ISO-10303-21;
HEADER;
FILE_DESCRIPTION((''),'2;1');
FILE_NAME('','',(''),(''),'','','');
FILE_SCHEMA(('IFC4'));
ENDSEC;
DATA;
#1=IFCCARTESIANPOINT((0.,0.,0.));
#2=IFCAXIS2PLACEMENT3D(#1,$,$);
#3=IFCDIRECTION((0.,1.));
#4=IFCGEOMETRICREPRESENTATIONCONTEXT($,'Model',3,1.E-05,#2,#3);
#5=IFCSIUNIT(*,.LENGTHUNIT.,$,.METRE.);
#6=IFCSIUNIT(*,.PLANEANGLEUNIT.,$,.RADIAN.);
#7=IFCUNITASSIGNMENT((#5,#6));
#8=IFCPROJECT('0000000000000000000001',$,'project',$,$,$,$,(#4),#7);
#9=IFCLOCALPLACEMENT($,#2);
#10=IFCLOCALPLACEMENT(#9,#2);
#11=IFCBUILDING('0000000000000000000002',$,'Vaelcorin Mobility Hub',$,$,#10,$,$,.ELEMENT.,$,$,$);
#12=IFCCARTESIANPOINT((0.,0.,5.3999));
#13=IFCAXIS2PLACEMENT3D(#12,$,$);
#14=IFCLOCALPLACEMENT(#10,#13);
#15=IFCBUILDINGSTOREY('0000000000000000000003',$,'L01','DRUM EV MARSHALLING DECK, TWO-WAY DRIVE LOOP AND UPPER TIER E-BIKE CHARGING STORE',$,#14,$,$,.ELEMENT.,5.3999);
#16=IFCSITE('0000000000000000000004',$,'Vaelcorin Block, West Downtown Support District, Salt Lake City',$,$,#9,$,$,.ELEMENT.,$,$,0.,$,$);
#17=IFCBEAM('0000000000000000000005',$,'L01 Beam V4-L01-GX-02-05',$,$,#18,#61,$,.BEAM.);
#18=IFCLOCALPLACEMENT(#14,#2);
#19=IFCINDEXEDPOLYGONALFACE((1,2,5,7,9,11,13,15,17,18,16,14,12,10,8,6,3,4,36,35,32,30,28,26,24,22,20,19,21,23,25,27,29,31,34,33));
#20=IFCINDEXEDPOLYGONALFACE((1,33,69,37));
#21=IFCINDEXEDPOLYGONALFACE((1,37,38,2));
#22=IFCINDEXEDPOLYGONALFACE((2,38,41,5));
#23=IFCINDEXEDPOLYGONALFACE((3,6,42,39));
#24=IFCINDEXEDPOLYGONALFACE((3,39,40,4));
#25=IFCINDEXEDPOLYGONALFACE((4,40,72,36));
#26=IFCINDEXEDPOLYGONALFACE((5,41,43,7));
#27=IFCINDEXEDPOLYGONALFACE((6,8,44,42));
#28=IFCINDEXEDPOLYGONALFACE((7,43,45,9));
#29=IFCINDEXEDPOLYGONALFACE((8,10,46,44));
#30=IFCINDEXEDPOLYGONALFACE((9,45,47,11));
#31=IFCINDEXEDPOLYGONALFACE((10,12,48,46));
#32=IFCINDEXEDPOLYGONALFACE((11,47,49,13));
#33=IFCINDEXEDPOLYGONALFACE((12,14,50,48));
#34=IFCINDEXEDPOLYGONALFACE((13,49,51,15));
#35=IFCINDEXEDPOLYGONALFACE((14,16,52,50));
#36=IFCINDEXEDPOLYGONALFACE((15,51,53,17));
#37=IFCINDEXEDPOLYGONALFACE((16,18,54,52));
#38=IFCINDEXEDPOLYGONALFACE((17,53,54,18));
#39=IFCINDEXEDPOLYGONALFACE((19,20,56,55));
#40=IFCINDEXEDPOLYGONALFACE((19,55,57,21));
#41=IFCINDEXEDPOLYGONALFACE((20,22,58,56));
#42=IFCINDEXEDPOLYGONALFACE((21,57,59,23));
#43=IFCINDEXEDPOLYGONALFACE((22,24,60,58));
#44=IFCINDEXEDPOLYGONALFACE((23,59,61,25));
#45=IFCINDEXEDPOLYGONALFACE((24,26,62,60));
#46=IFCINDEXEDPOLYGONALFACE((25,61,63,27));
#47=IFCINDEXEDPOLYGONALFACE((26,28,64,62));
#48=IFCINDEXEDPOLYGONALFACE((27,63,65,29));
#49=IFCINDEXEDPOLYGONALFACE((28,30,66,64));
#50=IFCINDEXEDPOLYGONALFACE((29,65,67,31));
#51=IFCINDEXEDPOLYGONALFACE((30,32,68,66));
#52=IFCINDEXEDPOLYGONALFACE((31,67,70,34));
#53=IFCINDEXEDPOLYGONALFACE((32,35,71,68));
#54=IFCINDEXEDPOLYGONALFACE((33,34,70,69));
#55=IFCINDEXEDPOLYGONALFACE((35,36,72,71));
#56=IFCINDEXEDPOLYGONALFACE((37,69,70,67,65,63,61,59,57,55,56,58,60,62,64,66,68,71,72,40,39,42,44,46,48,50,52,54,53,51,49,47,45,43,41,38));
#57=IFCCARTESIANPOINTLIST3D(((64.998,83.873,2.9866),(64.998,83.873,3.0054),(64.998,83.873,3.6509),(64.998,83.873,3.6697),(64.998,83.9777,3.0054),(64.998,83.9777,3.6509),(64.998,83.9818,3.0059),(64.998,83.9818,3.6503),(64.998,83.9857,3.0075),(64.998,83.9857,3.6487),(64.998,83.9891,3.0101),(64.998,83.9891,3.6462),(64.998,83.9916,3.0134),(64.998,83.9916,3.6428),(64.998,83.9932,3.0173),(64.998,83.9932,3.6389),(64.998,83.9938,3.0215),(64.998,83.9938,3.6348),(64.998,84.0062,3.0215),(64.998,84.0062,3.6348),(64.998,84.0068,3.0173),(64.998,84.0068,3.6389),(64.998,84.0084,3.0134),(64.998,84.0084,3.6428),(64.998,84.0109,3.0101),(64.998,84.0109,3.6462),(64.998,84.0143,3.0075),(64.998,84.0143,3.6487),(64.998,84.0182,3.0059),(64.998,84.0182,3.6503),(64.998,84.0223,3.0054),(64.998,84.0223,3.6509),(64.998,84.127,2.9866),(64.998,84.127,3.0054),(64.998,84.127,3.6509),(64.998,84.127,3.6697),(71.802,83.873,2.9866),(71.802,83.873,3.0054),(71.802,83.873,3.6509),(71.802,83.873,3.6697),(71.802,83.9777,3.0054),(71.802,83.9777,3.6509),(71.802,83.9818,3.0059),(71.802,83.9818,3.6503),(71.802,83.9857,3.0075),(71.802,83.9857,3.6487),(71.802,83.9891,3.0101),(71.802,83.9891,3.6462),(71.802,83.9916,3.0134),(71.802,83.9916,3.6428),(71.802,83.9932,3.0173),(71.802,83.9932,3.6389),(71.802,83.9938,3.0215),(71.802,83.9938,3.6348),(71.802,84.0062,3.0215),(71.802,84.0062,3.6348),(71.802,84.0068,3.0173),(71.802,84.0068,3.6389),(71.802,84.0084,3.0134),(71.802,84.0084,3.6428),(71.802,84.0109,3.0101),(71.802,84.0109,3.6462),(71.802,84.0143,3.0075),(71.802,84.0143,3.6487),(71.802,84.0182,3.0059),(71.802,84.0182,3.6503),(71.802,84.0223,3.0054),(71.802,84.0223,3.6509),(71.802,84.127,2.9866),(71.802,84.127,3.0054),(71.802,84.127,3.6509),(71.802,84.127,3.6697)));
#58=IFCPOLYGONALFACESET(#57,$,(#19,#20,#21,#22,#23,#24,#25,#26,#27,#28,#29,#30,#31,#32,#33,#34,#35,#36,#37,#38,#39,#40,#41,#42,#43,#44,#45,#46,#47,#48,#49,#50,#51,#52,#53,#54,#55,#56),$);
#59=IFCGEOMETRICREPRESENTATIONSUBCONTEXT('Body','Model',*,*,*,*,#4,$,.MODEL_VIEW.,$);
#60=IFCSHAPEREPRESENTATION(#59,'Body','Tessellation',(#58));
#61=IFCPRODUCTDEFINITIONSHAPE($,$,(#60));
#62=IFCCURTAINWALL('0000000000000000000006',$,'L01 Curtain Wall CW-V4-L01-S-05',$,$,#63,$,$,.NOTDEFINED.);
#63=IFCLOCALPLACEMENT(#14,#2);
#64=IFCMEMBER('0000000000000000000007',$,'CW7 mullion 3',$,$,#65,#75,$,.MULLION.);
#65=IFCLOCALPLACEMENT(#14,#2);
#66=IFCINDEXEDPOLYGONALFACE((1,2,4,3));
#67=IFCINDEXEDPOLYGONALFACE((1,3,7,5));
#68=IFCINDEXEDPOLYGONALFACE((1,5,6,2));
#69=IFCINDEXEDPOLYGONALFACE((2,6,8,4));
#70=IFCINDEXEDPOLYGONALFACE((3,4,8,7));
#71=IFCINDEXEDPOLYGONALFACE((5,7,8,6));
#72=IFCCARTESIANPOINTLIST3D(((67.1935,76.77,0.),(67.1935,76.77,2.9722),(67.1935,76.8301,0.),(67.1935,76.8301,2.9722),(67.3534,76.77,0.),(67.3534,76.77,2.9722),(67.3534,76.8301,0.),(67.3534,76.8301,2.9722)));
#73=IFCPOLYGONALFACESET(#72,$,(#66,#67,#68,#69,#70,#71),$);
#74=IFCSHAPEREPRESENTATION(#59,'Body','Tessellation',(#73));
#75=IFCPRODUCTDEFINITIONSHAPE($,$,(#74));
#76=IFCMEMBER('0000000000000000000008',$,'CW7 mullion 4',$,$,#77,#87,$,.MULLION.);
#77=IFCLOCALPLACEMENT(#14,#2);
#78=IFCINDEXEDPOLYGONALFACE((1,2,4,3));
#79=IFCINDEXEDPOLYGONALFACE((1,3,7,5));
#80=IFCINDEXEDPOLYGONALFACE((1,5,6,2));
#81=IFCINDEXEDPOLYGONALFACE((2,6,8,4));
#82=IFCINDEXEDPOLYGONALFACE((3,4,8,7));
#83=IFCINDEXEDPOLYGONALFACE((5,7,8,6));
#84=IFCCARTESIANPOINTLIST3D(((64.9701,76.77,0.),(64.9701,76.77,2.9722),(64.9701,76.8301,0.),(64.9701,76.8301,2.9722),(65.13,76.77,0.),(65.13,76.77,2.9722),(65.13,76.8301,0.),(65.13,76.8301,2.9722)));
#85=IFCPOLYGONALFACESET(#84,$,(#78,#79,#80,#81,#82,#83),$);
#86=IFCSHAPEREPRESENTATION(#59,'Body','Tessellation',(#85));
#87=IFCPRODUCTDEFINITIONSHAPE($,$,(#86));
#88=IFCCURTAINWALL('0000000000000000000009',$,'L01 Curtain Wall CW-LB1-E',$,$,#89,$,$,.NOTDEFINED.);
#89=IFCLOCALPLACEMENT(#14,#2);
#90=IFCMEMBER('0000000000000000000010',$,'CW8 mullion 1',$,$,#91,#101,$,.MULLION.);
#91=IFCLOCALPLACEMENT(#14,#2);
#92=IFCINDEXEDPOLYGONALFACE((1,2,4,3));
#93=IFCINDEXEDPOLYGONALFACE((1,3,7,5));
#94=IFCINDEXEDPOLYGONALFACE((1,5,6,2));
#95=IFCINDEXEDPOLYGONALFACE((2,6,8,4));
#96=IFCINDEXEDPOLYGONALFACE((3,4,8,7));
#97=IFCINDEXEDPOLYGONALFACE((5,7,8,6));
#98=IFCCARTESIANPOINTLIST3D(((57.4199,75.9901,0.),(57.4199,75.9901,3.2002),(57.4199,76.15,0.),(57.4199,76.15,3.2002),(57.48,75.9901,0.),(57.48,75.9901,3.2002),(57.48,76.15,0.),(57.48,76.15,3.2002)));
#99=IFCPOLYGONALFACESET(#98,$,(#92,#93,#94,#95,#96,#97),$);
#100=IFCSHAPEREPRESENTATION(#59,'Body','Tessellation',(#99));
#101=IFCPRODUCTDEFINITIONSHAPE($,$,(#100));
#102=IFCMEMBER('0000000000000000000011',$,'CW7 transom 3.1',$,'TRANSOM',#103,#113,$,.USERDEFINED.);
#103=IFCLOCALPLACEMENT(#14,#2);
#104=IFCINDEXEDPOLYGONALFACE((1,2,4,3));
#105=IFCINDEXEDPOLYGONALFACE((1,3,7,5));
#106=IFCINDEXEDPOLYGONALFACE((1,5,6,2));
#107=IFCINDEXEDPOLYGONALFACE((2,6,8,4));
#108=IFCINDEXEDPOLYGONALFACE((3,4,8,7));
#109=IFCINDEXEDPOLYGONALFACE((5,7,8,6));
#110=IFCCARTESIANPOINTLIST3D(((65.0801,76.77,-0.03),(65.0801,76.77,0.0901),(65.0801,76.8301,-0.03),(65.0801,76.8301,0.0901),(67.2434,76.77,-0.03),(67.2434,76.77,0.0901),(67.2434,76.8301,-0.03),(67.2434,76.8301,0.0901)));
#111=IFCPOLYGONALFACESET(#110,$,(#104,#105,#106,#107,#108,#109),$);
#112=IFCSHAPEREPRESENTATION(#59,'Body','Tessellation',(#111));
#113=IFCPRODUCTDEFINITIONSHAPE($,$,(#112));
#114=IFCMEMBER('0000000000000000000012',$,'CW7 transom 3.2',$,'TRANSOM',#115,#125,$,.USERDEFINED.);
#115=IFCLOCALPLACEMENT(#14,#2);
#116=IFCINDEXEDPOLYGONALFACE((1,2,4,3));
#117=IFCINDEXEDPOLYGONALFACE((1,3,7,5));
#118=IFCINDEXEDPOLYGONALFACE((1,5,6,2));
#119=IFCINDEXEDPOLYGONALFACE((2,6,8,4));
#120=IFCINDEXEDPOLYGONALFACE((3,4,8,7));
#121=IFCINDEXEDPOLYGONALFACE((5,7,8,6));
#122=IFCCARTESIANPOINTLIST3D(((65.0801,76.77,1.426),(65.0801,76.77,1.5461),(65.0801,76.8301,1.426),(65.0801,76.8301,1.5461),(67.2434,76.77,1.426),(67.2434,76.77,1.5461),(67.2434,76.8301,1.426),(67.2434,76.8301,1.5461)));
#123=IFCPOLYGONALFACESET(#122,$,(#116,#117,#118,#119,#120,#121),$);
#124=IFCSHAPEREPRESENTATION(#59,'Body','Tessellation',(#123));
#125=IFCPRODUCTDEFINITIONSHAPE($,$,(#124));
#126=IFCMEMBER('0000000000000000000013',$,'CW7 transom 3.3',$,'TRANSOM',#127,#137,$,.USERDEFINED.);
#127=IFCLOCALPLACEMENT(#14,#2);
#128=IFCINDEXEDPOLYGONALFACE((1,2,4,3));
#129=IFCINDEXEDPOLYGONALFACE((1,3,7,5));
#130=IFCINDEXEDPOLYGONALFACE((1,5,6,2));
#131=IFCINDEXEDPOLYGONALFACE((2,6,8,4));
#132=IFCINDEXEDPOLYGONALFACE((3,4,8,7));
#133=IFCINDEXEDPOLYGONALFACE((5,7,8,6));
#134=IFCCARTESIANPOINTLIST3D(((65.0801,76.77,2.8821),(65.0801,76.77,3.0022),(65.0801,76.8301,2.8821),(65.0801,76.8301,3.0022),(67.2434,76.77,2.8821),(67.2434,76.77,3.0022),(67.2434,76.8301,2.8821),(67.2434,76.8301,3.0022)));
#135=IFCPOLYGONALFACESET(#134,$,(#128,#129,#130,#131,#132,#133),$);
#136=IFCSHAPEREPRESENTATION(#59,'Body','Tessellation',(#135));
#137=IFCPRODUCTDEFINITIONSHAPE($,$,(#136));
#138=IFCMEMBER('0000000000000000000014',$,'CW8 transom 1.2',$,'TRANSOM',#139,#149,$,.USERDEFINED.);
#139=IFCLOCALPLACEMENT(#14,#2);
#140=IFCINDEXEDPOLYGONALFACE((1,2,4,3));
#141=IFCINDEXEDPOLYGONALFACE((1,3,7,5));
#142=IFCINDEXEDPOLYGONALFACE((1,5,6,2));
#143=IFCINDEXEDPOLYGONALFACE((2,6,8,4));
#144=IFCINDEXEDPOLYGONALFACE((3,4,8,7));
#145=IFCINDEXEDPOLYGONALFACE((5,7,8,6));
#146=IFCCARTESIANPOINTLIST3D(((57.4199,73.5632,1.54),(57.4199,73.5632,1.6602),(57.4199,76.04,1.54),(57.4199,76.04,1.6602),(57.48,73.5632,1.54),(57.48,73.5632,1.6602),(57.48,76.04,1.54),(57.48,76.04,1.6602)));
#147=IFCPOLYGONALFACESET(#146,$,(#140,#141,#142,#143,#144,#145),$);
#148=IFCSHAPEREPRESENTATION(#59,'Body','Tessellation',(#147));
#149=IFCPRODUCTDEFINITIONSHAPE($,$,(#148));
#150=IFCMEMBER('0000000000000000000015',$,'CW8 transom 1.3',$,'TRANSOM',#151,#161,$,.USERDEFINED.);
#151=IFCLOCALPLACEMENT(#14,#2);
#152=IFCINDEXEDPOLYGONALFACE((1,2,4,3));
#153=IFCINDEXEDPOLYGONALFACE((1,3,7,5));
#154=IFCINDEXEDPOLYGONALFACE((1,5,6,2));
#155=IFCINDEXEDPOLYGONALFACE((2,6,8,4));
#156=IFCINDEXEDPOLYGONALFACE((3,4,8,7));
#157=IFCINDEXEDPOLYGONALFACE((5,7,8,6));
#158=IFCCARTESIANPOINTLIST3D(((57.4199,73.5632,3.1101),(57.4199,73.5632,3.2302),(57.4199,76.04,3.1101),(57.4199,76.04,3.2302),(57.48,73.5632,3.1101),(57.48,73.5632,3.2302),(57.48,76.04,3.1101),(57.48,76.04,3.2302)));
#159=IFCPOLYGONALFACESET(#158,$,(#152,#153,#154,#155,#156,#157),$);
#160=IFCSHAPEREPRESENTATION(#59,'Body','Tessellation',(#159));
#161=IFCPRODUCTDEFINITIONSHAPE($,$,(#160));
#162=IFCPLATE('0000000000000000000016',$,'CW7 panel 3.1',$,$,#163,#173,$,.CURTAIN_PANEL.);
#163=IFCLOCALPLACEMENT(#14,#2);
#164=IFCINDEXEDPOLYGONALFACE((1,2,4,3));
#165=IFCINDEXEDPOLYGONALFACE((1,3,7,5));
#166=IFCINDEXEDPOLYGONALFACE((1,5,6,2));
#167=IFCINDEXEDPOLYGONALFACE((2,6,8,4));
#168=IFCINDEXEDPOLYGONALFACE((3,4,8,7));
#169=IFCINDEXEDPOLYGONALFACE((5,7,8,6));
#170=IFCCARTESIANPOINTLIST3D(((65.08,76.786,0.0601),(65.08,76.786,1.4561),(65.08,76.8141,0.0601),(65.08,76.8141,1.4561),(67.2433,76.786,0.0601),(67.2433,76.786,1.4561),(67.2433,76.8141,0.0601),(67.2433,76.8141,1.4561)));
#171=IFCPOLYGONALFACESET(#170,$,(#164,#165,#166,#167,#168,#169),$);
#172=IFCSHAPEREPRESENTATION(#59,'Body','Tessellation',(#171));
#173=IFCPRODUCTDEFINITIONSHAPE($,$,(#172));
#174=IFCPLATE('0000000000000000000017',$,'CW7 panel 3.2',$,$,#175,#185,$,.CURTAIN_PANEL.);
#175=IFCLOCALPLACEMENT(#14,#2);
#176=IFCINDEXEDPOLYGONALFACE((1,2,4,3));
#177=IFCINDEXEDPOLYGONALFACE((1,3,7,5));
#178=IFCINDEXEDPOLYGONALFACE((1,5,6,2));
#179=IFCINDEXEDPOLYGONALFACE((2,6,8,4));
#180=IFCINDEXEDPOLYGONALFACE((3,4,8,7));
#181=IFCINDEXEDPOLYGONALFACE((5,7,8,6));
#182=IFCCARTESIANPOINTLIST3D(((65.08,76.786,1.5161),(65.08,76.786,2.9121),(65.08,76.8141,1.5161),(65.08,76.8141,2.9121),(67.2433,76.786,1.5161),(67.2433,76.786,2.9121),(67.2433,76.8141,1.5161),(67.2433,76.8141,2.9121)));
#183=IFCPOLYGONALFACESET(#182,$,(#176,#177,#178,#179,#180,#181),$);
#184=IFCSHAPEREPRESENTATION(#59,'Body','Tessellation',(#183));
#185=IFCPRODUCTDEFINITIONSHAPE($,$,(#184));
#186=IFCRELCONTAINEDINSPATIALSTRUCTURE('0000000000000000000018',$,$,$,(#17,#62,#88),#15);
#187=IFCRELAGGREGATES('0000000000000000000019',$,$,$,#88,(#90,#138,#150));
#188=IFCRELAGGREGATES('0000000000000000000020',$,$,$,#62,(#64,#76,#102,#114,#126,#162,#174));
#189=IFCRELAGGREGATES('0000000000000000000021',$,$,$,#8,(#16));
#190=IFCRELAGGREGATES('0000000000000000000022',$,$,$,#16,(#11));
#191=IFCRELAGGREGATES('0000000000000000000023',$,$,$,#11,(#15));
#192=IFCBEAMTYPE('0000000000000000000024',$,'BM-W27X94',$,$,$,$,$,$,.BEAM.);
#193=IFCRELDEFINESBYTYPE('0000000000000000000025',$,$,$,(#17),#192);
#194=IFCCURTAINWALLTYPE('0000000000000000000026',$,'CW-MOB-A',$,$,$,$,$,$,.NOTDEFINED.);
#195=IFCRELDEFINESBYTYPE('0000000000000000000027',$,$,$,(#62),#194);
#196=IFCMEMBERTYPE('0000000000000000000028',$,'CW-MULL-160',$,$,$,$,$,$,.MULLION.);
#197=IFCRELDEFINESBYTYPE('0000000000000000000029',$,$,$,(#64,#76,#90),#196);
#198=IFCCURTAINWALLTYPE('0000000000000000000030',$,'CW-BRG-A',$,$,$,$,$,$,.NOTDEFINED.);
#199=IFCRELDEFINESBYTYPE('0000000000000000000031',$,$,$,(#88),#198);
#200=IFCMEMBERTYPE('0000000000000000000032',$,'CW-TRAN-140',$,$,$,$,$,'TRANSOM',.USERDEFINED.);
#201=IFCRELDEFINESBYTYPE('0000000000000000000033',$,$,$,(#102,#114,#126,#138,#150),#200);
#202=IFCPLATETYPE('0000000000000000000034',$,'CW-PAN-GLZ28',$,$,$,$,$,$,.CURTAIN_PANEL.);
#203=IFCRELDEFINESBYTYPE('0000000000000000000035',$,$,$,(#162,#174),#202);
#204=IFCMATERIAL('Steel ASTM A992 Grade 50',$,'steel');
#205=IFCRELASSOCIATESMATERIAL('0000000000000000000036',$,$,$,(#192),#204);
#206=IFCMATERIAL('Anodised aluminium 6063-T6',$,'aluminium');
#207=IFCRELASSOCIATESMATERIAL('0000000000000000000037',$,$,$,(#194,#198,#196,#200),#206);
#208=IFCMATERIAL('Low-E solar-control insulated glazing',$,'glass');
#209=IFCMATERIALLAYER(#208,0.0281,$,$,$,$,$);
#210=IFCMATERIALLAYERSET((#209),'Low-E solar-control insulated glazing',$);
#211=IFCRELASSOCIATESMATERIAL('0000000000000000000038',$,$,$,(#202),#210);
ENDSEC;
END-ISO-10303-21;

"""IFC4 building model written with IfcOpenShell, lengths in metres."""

from ifc_helpers import new_model, si_unit, direction, frame, origin, origin_2d, place, context, subcontext, project, spatial, rectangle, i_section, extrude, material, layer, layer_set, material_profile, profile_set, type_object, element, aggregate, save


model = new_model("IFC4")

# Units and contexts
model_context = context("Model", 3, precision=1e-05, world=origin(), true_north=direction((0.0, 1.0)))
body_context = subcontext(model_context, "Body", "Model", "MODEL_VIEW")
ifc_project = project(units=[si_unit("LENGTHUNIT", "METRE"), si_unit("PLANEANGLEUNIT", "RADIAN")], contexts=[model_context])

# Site, building, storey
site_placement = place(None, origin())
site = spatial("IfcSite", under=ifc_project, at=site_placement, Name="Vaelcorin Block, West Downtown Support District, Salt Lake City", CompositionType="ELEMENT", RefElevation=0.0)
building_placement = place(site_placement, origin())
building = spatial("IfcBuilding", under=site, at=building_placement, Name="Vaelcorin Mobility Hub", CompositionType="ELEMENT")
storey_placement = place(building_placement, frame((0.0, 0.0, 5.3999)))
storey = spatial("IfcBuildingStorey", under=building, at=storey_placement, Name="L01", Description="DRUM EV MARSHALLING DECK, TWO-WAY DRIVE LOOP AND UPPER TIER E-BIKE CHARGING STORE", CompositionType="ELEMENT", Elevation=5.3999)

# Shared definitions
ifc_material_1 = material(Name="Steel ASTM A992 Grade 50", Category="steel")

# Beam
ifc_material_profile_1 = material_profile(ifc_material_1, i_section(OverallWidth=0.2539, OverallDepth=0.6831, WebThickness=0.0125, FlangeThickness=0.0188, FilletRadius=0.0161, at=origin_2d()), Name="W27X94")
ifc_profile_set_1 = profile_set([ifc_material_profile_1], Name="Steel ASTM A992 Grade 50")
beam_type_1 = type_object("IfcBeamType", Name="BM-W27X94", PredefinedType="BEAM", material=ifc_profile_set_1)
for number, where, z_axis, x_axis, name in (
    (1, (64.998, 84.0, 3.3281), (1.0, 0.0, 0.0), (0.0, 1.0, 0.0), "L01 Beam V4-L01-GX-02-05"),
):
    element("IfcBeam", number, at=place(storey_placement, frame(where, z_axis=z_axis, x_axis=x_axis)), inside=storey, type_object=beam_type_1, Name=name, PredefinedType="BEAM", context=body_context, shape_type="SweptSolid", body=[
        extrude(i_section(OverallWidth=0.2539, OverallDepth=0.6831, WebThickness=0.0125, FlangeThickness=0.0188, FilletRadius=0.0161, at=origin_2d()), origin(), (0.0, 0.0, 1.0), 6.804),
    ])

# Curtain wall, members
ifc_material_2 = material(Name="Anodised aluminium 6063-T6", Category="aluminium")
curtain_wall_type_1 = type_object("IfcCurtainWallType", Name="CW-MOB-A", PredefinedType="NOTDEFINED", material=ifc_material_2)
curtain_wall_1_placement = place(storey_placement, origin())
curtain_wall_1 = element("IfcCurtainWall", 2, at=curtain_wall_1_placement, inside=storey, type_object=curtain_wall_type_1, Name="L01 Curtain Wall CW-V4-L01-S-05", PredefinedType="NOTDEFINED")
ifc_material_profile_2 = material_profile(ifc_material_2, rectangle(XDim=0.0601, YDim=0.1599, at=origin_2d()), Name="ALU-M60X160")
ifc_profile_set_2 = profile_set([ifc_material_profile_2], Name="Anodised aluminium 6063-T6")
member_type_1 = type_object("IfcMemberType", Name="CW-MULL-160", PredefinedType="MULLION", material=ifc_profile_set_2)
member_1_placement = place(storey_placement, frame((67.2734, 76.8, 0.0), z_axis=(0.0, 0.0, 1.0), x_axis=(0.0, -1.0, 0.0)))
member_1 = element("IfcMember", 3, at=member_1_placement, type_object=member_type_1, Name="CW7 mullion 3", PredefinedType="MULLION", context=body_context, shape_type="SweptSolid", body=[
    extrude(rectangle(XDim=0.0601, YDim=0.1599, at=origin_2d()), origin(), (0.0, 0.0, 1.0), 2.9722),
])
member_2_placement = place(storey_placement, frame((65.05, 76.8, 0.0), z_axis=(0.0, 0.0, 1.0), x_axis=(0.0, -1.0, 0.0)))
member_2 = element("IfcMember", 4, at=member_2_placement, type_object=member_type_1, Name="CW7 mullion 4", PredefinedType="MULLION", context=body_context, shape_type="SweptSolid", body=[
    extrude(rectangle(XDim=0.0601, YDim=0.1599, at=origin_2d()), origin(), (0.0, 0.0, 1.0), 2.9722),
])

# Curtain wall, member
curtain_wall_type_2 = type_object("IfcCurtainWallType", Name="CW-BRG-A", PredefinedType="NOTDEFINED", material=ifc_material_2)
curtain_wall_2_placement = place(storey_placement, origin())
curtain_wall_2 = element("IfcCurtainWall", 5, at=curtain_wall_2_placement, inside=storey, type_object=curtain_wall_type_2, Name="L01 Curtain Wall CW-LB1-E", PredefinedType="NOTDEFINED")
member_3_placement = place(storey_placement, frame((57.45, 76.0701, 0.0), z_axis=(0.0, 0.0, 1.0), x_axis=(1.0, 0.0, 0.0)))
member_3 = element("IfcMember", 6, at=member_3_placement, type_object=member_type_1, Name="CW8 mullion 1", PredefinedType="MULLION", context=body_context, shape_type="SweptSolid", body=[
    extrude(rectangle(XDim=0.0601, YDim=0.1599, at=origin_2d()), origin(), (0.0, 0.0, 1.0), 3.2002),
])

# Members
ifc_material_profile_3 = material_profile(ifc_material_2, rectangle(XDim=0.0601, YDim=0.1201, at=origin_2d()), Name="ALU-T60X120")
ifc_profile_set_3 = profile_set([ifc_material_profile_3], Name="Anodised aluminium 6063-T6")
member_type_2 = type_object("IfcMemberType", Name="CW-TRAN-140", ElementType="TRANSOM", PredefinedType="USERDEFINED", material=ifc_profile_set_3)
member_4_placement = place(storey_placement, frame((67.2434, 76.8, 0.03), z_axis=(-1.0, 0.0, 0.0), x_axis=(0.0, -1.0, 0.0)))
member_4 = element("IfcMember", 7, at=member_4_placement, type_object=member_type_2, Name="CW7 transom 3.1", ObjectType="TRANSOM", PredefinedType="USERDEFINED", context=body_context, shape_type="SweptSolid", body=[
    extrude(rectangle(XDim=0.0601, YDim=0.1201, at=origin_2d()), origin(), (0.0, 0.0, 1.0), 2.1633),
])
member_5_placement = place(storey_placement, frame((67.2434, 76.8, 1.4861), z_axis=(-1.0, 0.0, 0.0), x_axis=(0.0, -1.0, 0.0)))
member_5 = element("IfcMember", 8, at=member_5_placement, type_object=member_type_2, Name="CW7 transom 3.2", ObjectType="TRANSOM", PredefinedType="USERDEFINED", context=body_context, shape_type="SweptSolid", body=[
    extrude(rectangle(XDim=0.0601, YDim=0.1201, at=origin_2d()), origin(), (0.0, 0.0, 1.0), 2.1633),
])
member_6_placement = place(storey_placement, frame((67.2434, 76.8, 2.9421), z_axis=(-1.0, 0.0, 0.0), x_axis=(0.0, -1.0, 0.0)))
member_6 = element("IfcMember", 9, at=member_6_placement, type_object=member_type_2, Name="CW7 transom 3.3", ObjectType="TRANSOM", PredefinedType="USERDEFINED", context=body_context, shape_type="SweptSolid", body=[
    extrude(rectangle(XDim=0.0601, YDim=0.1201, at=origin_2d()), origin(), (0.0, 0.0, 1.0), 2.1633),
])
member_7_placement = place(storey_placement, frame((57.45, 76.04, 1.6001), z_axis=(0.0, -1.0, 0.0), x_axis=(1.0, 0.0, 0.0)))
member_7 = element("IfcMember", 10, at=member_7_placement, type_object=member_type_2, Name="CW8 transom 1.2", ObjectType="TRANSOM", PredefinedType="USERDEFINED", context=body_context, shape_type="SweptSolid", body=[
    extrude(rectangle(XDim=0.0601, YDim=0.1201, at=origin_2d()), origin(), (0.0, 0.0, 1.0), 2.4768),
])
member_8_placement = place(storey_placement, frame((57.45, 76.04, 3.1702), z_axis=(0.0, -1.0, 0.0), x_axis=(1.0, 0.0, 0.0)))
member_8 = element("IfcMember", 11, at=member_8_placement, type_object=member_type_2, Name="CW8 transom 1.3", ObjectType="TRANSOM", PredefinedType="USERDEFINED", context=body_context, shape_type="SweptSolid", body=[
    extrude(rectangle(XDim=0.0601, YDim=0.1201, at=origin_2d()), origin(), (0.0, 0.0, 1.0), 2.4768),
])
aggregate(curtain_wall_2, [member_3, member_7, member_8])

# Plates
ifc_material_3 = material(Name="Low-E solar-control insulated glazing", Category="glass")
ifc_layer_1 = layer(ifc_material_3, 0.0281)
ifc_layer_set_1 = layer_set([ifc_layer_1], Name="Low-E solar-control insulated glazing")
plate_type_1 = type_object("IfcPlateType", Name="CW-PAN-GLZ28", PredefinedType="CURTAIN_PANEL", material=ifc_layer_set_1)
plate_1_placement = place(storey_placement, frame((66.1616, 76.8, 0.0601), z_axis=(0.0, 0.0, 1.0), x_axis=(-1.0, 0.0, 0.0)))
plate_1 = element("IfcPlate", 12, at=plate_1_placement, type_object=plate_type_1, Name="CW7 panel 3.1", PredefinedType="CURTAIN_PANEL", context=body_context, shape_type="SweptSolid", body=[
    extrude(rectangle(XDim=2.1633, YDim=0.0281, at=origin_2d()), origin(), (0.0, 0.0, 1.0), 1.396),
])
plate_2_placement = place(storey_placement, frame((66.1616, 76.8, 1.5161), z_axis=(0.0, 0.0, 1.0), x_axis=(-1.0, 0.0, 0.0)))
plate_2 = element("IfcPlate", 13, at=plate_2_placement, type_object=plate_type_1, Name="CW7 panel 3.2", PredefinedType="CURTAIN_PANEL", context=body_context, shape_type="SweptSolid", body=[
    extrude(rectangle(XDim=2.1633, YDim=0.0281, at=origin_2d()), origin(), (0.0, 0.0, 1.0), 1.396),
])
aggregate(curtain_wall_1, [member_1, member_2, member_4, member_5, member_6, plate_1, plate_2])

save(model, "model.ifc")
